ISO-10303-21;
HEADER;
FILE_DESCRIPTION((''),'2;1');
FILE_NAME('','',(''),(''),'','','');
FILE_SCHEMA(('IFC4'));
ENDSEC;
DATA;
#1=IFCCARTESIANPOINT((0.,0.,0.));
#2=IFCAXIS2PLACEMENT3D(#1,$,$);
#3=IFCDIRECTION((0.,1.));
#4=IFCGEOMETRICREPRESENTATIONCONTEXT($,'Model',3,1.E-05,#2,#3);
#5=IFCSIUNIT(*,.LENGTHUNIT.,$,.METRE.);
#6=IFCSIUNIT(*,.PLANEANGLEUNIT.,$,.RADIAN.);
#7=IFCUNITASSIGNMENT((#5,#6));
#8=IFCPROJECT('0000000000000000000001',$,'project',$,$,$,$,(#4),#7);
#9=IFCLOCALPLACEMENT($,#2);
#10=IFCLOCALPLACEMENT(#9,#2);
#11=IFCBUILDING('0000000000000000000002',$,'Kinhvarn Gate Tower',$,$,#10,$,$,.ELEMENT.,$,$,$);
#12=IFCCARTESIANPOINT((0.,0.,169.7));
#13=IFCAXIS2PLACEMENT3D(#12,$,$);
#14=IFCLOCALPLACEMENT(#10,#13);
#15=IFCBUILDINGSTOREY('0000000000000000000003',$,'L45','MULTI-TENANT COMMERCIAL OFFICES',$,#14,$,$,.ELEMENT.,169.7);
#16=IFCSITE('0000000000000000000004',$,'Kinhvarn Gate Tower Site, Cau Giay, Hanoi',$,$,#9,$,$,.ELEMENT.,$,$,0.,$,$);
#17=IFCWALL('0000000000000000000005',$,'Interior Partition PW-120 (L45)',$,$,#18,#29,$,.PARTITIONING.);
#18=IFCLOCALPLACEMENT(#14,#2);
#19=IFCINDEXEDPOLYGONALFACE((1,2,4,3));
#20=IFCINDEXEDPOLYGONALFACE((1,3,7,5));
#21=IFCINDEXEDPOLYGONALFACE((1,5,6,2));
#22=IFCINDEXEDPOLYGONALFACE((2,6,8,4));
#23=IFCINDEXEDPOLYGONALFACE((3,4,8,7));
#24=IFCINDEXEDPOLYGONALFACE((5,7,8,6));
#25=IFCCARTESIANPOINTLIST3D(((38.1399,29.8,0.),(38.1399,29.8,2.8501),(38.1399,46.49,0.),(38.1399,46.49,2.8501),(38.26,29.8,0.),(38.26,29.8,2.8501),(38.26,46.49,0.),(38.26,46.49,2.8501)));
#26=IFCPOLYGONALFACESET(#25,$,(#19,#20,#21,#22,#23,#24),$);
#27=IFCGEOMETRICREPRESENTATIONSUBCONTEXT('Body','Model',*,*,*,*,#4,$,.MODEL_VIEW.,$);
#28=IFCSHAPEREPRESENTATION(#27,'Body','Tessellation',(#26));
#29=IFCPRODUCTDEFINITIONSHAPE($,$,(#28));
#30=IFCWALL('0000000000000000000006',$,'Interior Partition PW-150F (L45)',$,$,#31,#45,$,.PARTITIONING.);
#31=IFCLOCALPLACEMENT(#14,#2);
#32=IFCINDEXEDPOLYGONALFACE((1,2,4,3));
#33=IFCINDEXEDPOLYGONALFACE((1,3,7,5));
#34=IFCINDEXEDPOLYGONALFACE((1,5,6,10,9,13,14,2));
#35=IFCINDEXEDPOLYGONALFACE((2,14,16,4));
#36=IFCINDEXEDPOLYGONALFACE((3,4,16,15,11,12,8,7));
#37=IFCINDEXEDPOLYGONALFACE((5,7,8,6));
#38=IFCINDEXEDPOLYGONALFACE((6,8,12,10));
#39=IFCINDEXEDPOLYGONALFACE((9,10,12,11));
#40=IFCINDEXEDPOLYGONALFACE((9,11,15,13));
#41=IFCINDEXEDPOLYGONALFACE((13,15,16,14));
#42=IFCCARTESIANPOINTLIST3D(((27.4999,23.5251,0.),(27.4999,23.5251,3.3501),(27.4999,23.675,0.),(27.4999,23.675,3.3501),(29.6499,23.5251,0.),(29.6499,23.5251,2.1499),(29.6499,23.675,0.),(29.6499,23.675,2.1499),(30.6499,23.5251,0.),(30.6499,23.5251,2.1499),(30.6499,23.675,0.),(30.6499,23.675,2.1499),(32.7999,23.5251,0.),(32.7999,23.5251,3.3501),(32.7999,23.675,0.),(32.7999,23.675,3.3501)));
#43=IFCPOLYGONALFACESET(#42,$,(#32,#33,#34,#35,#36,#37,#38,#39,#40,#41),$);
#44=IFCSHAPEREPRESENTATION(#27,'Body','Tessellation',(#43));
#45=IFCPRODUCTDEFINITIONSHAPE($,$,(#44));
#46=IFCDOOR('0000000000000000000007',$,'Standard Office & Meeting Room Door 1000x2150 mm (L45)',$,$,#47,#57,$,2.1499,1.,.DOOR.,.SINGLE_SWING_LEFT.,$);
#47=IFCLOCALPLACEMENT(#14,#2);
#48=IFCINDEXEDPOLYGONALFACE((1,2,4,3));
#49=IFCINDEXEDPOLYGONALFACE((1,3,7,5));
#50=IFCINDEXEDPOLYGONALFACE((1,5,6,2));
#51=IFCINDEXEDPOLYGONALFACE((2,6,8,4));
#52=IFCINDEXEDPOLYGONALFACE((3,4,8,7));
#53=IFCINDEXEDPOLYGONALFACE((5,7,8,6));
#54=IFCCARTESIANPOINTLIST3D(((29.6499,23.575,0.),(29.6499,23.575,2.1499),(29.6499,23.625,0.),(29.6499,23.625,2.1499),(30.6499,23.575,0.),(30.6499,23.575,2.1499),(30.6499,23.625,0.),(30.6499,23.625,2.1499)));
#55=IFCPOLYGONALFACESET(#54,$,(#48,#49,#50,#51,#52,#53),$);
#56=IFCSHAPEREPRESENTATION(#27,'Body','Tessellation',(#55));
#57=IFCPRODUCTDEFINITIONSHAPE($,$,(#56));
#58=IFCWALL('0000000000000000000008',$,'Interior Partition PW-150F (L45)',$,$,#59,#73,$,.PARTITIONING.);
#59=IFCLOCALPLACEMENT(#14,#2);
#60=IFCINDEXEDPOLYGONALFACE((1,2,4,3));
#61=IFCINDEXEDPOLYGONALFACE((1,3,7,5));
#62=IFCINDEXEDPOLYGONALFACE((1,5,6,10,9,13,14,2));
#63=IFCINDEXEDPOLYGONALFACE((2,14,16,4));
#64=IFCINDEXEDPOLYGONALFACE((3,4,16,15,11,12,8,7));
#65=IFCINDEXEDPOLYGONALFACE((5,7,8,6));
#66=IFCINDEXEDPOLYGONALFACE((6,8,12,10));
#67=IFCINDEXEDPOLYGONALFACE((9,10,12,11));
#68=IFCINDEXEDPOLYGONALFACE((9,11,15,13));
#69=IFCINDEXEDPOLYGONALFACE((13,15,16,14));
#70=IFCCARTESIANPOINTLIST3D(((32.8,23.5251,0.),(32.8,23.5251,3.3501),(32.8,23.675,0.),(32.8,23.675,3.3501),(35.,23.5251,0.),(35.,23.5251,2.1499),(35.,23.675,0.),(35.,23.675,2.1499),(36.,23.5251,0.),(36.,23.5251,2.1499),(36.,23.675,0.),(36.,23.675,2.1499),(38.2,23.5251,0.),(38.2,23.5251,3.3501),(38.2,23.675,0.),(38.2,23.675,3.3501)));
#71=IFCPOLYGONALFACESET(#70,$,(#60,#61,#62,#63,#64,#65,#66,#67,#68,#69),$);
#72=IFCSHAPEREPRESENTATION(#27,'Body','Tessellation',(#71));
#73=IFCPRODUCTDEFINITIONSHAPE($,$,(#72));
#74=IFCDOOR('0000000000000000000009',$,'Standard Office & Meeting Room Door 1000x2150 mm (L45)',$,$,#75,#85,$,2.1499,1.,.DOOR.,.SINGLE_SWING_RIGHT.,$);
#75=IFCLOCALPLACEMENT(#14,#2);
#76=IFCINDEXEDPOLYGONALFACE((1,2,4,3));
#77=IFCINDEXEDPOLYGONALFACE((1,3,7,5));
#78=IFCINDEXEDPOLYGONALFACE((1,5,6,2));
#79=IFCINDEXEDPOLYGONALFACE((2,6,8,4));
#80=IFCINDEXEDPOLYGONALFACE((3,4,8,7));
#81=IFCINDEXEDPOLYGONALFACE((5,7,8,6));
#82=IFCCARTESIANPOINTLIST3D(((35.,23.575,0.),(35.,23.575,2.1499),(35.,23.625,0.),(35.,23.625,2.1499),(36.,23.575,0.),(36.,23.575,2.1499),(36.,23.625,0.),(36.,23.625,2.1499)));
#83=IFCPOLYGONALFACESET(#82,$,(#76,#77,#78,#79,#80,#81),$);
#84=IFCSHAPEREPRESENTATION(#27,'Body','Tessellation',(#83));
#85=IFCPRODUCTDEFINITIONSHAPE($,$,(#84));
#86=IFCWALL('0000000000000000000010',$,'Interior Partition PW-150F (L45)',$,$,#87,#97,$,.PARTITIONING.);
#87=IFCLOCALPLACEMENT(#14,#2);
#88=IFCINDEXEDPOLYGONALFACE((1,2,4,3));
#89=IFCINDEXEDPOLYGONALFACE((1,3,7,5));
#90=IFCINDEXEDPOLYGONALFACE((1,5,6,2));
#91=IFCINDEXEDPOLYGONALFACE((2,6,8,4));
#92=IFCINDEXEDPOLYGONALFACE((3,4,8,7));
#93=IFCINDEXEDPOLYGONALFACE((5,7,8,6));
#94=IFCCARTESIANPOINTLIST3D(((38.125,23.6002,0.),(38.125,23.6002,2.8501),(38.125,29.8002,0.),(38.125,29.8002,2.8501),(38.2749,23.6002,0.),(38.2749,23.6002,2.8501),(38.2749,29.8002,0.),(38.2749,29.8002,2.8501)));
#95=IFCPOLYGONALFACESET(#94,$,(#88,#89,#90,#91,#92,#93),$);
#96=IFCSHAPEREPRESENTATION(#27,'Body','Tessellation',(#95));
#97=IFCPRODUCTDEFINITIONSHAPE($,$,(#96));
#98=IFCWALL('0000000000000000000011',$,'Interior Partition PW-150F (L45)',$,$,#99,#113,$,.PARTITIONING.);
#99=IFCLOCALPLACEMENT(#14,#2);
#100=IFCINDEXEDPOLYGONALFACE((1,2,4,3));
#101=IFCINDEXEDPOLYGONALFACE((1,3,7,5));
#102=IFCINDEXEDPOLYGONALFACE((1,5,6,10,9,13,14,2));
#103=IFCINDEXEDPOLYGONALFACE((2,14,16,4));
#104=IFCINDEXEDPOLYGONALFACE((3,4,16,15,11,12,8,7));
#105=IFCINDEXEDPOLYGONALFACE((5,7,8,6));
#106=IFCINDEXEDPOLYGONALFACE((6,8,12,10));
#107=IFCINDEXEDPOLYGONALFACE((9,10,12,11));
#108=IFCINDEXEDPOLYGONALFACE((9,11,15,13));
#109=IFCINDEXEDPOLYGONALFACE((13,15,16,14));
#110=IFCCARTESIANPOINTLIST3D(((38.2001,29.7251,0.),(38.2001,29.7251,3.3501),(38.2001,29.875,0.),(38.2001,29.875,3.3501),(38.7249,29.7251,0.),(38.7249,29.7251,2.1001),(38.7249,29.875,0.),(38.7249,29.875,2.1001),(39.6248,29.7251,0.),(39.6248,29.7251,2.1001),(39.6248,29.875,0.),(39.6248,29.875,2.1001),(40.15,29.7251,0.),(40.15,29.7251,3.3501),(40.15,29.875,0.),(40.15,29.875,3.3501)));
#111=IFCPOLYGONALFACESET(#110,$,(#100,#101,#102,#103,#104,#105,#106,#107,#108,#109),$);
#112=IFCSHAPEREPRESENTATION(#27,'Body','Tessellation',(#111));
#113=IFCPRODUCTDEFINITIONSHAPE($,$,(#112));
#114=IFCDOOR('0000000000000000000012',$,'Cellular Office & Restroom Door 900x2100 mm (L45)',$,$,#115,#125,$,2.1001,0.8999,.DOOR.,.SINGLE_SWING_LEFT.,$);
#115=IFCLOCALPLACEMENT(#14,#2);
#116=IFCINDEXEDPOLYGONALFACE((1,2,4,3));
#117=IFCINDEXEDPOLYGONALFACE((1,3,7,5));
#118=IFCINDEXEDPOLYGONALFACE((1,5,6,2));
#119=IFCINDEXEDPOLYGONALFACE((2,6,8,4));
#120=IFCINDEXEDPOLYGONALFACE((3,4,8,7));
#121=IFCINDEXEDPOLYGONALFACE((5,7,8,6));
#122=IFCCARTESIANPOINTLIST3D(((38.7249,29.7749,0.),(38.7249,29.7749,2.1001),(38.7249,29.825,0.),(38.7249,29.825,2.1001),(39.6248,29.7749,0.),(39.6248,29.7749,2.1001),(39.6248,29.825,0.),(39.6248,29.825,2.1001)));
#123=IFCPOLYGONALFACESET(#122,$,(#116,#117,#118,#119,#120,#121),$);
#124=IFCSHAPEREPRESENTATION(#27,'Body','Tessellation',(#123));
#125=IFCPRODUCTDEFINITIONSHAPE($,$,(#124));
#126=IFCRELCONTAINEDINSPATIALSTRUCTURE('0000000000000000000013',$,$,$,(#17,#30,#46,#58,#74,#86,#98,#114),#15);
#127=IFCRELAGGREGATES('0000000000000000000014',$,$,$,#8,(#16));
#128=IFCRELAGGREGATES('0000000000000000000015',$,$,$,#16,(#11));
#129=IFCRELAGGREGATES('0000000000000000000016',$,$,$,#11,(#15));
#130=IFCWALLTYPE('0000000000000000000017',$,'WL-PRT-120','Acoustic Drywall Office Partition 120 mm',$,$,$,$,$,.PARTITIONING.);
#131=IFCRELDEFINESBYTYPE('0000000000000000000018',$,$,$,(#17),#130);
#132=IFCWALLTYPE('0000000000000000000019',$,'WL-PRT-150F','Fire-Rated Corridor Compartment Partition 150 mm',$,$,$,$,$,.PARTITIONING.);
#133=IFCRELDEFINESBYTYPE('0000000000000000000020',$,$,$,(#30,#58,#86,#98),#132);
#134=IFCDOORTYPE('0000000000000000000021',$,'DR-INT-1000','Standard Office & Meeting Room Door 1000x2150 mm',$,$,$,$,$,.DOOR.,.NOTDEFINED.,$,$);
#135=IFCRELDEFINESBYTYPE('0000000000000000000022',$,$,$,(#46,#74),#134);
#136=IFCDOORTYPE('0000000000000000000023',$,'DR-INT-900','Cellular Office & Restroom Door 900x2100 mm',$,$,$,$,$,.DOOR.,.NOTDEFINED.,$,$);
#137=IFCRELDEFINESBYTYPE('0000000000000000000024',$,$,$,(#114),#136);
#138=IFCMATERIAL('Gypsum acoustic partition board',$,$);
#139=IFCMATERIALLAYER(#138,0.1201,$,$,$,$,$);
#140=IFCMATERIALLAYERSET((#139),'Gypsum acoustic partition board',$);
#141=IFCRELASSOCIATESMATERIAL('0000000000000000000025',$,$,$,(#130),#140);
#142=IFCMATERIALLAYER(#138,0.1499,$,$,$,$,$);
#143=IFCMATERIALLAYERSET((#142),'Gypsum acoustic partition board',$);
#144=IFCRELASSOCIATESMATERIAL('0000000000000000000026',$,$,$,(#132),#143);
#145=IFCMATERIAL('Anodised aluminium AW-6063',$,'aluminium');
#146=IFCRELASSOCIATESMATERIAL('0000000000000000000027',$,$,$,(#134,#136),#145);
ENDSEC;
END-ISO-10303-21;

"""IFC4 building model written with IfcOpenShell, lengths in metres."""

from ifc_helpers import new_model, si_unit, direction, frame, frame_2d, origin, place, context, subcontext, project, spatial, rectangle, extrude, material, layer, layer_set, type_object, element, fill, save


model = new_model("IFC4")

# Units and contexts
model_context = context("Model", 3, precision=1e-05, world=origin(), true_north=direction((0.0, 1.0)))
body_context = subcontext(model_context, "Body", "Model", "MODEL_VIEW")
ifc_project = project(units=[si_unit("LENGTHUNIT", "METRE"), si_unit("PLANEANGLEUNIT", "RADIAN")], contexts=[model_context])

# Site, building, storey
site_placement = place(None, origin())
site = spatial("IfcSite", under=ifc_project, at=site_placement, Name="Kinhvarn Gate Tower Site, Cau Giay, Hanoi", CompositionType="ELEMENT", RefElevation=0.0)
building_placement = place(site_placement, origin())
building = spatial("IfcBuilding", under=site, at=building_placement, Name="Kinhvarn Gate Tower", CompositionType="ELEMENT")
storey_placement = place(building_placement, frame((0.0, 0.0, 169.7)))
storey = spatial("IfcBuildingStorey", under=building, at=storey_placement, Name="L45", Description="MULTI-TENANT COMMERCIAL OFFICES", CompositionType="ELEMENT", Elevation=169.7)

# Wall
ifc_material_1 = material(Name="Gypsum acoustic partition board")
ifc_layer_1 = layer(ifc_material_1, 0.1201)
ifc_layer_set_1 = layer_set([ifc_layer_1], Name="Gypsum acoustic partition board")
wall_type_1 = type_object("IfcWallType", Name="WL-PRT-120", Description="Acoustic Drywall Office Partition 120 mm", PredefinedType="PARTITIONING", material=ifc_layer_set_1)
wall_1_placement = place(storey_placement, frame((38.2, 29.8, 0.0), z_axis=(0.0, 0.0, 1.0), x_axis=(0.0, 1.0, 0.0)))
element("IfcWall", 1, at=wall_1_placement, inside=storey, type_object=wall_type_1, Name="Interior Partition PW-120 (L45)", PredefinedType="PARTITIONING", context=body_context, shape_type="SweptSolid", body=[
    extrude(rectangle(XDim=16.6899, YDim=0.1201, at=frame_2d((8.345, 0.0))), origin(), (0.0, 0.0, 1.0), 2.8501),
])

# Walls, openings, doors
ifc_layer_2 = layer(ifc_material_1, 0.1499)
ifc_layer_set_2 = layer_set([ifc_layer_2], Name="Gypsum acoustic partition board")
wall_type_2 = type_object("IfcWallType", Name="WL-PRT-150F", Description="Fire-Rated Corridor Compartment Partition 150 mm", PredefinedType="PARTITIONING", material=ifc_layer_set_2)
wall_2_placement = place(storey_placement, frame((27.5, 23.6001, 0.0), z_axis=(0.0, 0.0, 1.0), x_axis=(1.0, 0.0, 0.0)))
wall_2 = element("IfcWall", 2, at=wall_2_placement, inside=storey, type_object=wall_type_2, Name="Interior Partition PW-150F (L45)", PredefinedType="PARTITIONING", context=body_context, shape_type="SweptSolid", body=[
    extrude(rectangle(XDim=5.3, YDim=0.1499, at=frame_2d((2.6499, 0.0))), origin(), (0.0, 0.0, 1.0), 3.3501),
])
opening_1_placement = place(wall_2_placement, frame((2.1499, 0.0, 0.0)))
opening_1 = element("IfcOpeningElement", 3, at=opening_1_placement, cuts=wall_2, PredefinedType="OPENING", context=body_context, shape_type="SweptSolid", body=[
    extrude(rectangle(XDim=1.0, YDim=2.1499, at=frame_2d((0.5, 1.075))), frame((0.0, 0.085, 0.0), z_axis=(0.0, -1.0, 0.0), x_axis=(1.0, 0.0, 0.0)), (0.0, 0.0, 1.0), 0.1699),
])
ifc_material_2 = material(Name="Anodised aluminium AW-6063", Category="aluminium")
door_type_1 = type_object("IfcDoorType", Name="DR-INT-1000", Description="Standard Office & Meeting Room Door 1000x2150 mm", OperationType="NOTDEFINED", PredefinedType="DOOR", material=ifc_material_2)
door_1_placement = place(opening_1_placement, origin())
door_1 = element("IfcDoor", 4, at=door_1_placement, inside=storey, type_object=door_type_1, Name="Standard Office & Meeting Room Door 1000x2150 mm (L45)", OperationType="SINGLE_SWING_LEFT", OverallHeight=2.1499, OverallWidth=1.0, PredefinedType="DOOR", context=body_context, shape_type="SweptSolid", body=[
    extrude(rectangle(XDim=1.0, YDim=2.1499, at=frame_2d((0.5, 1.075))), frame((0.0, 0.0249, 0.0), z_axis=(0.0, -1.0, 0.0), x_axis=(1.0, 0.0, 0.0)), (0.0, 0.0, 1.0), 0.05),
])
fill(opening_1, door_1)
wall_3_placement = place(storey_placement, frame((32.8, 23.6001, 0.0), z_axis=(0.0, 0.0, 1.0), x_axis=(1.0, 0.0, 0.0)))
wall_3 = element("IfcWall", 5, at=wall_3_placement, inside=storey, type_object=wall_type_2, Name="Interior Partition PW-150F (L45)", PredefinedType="PARTITIONING", context=body_context, shape_type="SweptSolid", body=[
    extrude(rectangle(XDim=5.3999, YDim=0.1499, at=frame_2d((2.7, 0.0))), origin(), (0.0, 0.0, 1.0), 3.3501),
])
opening_2_placement = place(wall_3_placement, frame((2.2, 0.0, 0.0)))
opening_2 = element("IfcOpeningElement", 6, at=opening_2_placement, cuts=wall_3, PredefinedType="OPENING", context=body_context, shape_type="SweptSolid", body=[
    extrude(rectangle(XDim=1.0, YDim=2.1499, at=frame_2d((0.5, 1.075))), frame((0.0, 0.085, 0.0), z_axis=(0.0, -1.0, 0.0), x_axis=(1.0, 0.0, 0.0)), (0.0, 0.0, 1.0), 0.1699),
])
door_2_placement = place(opening_2_placement, origin())
door_2 = element("IfcDoor", 7, at=door_2_placement, inside=storey, type_object=door_type_1, Name="Standard Office & Meeting Room Door 1000x2150 mm (L45)", OperationType="SINGLE_SWING_RIGHT", OverallHeight=2.1499, OverallWidth=1.0, PredefinedType="DOOR", context=body_context, shape_type="SweptSolid", body=[
    extrude(rectangle(XDim=1.0, YDim=2.1499, at=frame_2d((0.5, 1.075))), frame((0.0, 0.0249, 0.0), z_axis=(0.0, -1.0, 0.0), x_axis=(1.0, 0.0, 0.0)), (0.0, 0.0, 1.0), 0.05),
])
fill(opening_2, door_2)

# Wall
wall_4_placement = place(storey_placement, frame((38.2, 23.6001, 0.0), z_axis=(0.0, 0.0, 1.0), x_axis=(0.0, 1.0, 0.0)))
element("IfcWall", 8, at=wall_4_placement, inside=storey, type_object=wall_type_2, Name="Interior Partition PW-150F (L45)", PredefinedType="PARTITIONING", context=body_context, shape_type="SweptSolid", body=[
    extrude(rectangle(XDim=6.2, YDim=0.1499, at=frame_2d((3.1001, 0.0))), origin(), (0.0, 0.0, 1.0), 2.8501),
])

# Wall, opening, door
wall_5_placement = place(storey_placement, frame((38.2, 29.8, 0.0), z_axis=(0.0, 0.0, 1.0), x_axis=(1.0, 0.0, 0.0)))
wall_5 = element("IfcWall", 9, at=wall_5_placement, inside=storey, type_object=wall_type_2, Name="Interior Partition PW-150F (L45)", PredefinedType="PARTITIONING", context=body_context, shape_type="SweptSolid", body=[
    extrude(rectangle(XDim=1.95, YDim=0.1499, at=frame_2d((0.9751, 0.0))), origin(), (0.0, 0.0, 1.0), 3.3501),
])
opening_3_placement = place(wall_5_placement, frame((0.5249, 0.0, 0.0)))
opening_3 = element("IfcOpeningElement", 10, at=opening_3_placement, cuts=wall_5, PredefinedType="OPENING", context=body_context, shape_type="SweptSolid", body=[
    extrude(rectangle(XDim=0.8999, YDim=2.1001, at=frame_2d((0.45, 1.05))), frame((0.0, 0.085, 0.0), z_axis=(0.0, -1.0, 0.0), x_axis=(1.0, 0.0, 0.0)), (0.0, 0.0, 1.0), 0.1699),
])
door_type_2 = type_object("IfcDoorType", Name="DR-INT-900", Description="Cellular Office & Restroom Door 900x2100 mm", OperationType="NOTDEFINED", PredefinedType="DOOR", material=ifc_material_2)
door_3_placement = place(opening_3_placement, origin())
door_3 = element("IfcDoor", 11, at=door_3_placement, inside=storey, type_object=door_type_2, Name="Cellular Office & Restroom Door 900x2100 mm (L45)", OperationType="SINGLE_SWING_LEFT", OverallHeight=2.1001, OverallWidth=0.8999, PredefinedType="DOOR", context=body_context, shape_type="SweptSolid", body=[
    extrude(rectangle(XDim=0.8999, YDim=2.1001, at=frame_2d((0.45, 1.05))), frame((0.0, 0.0249, 0.0), z_axis=(0.0, -1.0, 0.0), x_axis=(1.0, 0.0, 0.0)), (0.0, 0.0, 1.0), 0.05),
])
fill(opening_3, door_3)

save(model, "model.ifc")
